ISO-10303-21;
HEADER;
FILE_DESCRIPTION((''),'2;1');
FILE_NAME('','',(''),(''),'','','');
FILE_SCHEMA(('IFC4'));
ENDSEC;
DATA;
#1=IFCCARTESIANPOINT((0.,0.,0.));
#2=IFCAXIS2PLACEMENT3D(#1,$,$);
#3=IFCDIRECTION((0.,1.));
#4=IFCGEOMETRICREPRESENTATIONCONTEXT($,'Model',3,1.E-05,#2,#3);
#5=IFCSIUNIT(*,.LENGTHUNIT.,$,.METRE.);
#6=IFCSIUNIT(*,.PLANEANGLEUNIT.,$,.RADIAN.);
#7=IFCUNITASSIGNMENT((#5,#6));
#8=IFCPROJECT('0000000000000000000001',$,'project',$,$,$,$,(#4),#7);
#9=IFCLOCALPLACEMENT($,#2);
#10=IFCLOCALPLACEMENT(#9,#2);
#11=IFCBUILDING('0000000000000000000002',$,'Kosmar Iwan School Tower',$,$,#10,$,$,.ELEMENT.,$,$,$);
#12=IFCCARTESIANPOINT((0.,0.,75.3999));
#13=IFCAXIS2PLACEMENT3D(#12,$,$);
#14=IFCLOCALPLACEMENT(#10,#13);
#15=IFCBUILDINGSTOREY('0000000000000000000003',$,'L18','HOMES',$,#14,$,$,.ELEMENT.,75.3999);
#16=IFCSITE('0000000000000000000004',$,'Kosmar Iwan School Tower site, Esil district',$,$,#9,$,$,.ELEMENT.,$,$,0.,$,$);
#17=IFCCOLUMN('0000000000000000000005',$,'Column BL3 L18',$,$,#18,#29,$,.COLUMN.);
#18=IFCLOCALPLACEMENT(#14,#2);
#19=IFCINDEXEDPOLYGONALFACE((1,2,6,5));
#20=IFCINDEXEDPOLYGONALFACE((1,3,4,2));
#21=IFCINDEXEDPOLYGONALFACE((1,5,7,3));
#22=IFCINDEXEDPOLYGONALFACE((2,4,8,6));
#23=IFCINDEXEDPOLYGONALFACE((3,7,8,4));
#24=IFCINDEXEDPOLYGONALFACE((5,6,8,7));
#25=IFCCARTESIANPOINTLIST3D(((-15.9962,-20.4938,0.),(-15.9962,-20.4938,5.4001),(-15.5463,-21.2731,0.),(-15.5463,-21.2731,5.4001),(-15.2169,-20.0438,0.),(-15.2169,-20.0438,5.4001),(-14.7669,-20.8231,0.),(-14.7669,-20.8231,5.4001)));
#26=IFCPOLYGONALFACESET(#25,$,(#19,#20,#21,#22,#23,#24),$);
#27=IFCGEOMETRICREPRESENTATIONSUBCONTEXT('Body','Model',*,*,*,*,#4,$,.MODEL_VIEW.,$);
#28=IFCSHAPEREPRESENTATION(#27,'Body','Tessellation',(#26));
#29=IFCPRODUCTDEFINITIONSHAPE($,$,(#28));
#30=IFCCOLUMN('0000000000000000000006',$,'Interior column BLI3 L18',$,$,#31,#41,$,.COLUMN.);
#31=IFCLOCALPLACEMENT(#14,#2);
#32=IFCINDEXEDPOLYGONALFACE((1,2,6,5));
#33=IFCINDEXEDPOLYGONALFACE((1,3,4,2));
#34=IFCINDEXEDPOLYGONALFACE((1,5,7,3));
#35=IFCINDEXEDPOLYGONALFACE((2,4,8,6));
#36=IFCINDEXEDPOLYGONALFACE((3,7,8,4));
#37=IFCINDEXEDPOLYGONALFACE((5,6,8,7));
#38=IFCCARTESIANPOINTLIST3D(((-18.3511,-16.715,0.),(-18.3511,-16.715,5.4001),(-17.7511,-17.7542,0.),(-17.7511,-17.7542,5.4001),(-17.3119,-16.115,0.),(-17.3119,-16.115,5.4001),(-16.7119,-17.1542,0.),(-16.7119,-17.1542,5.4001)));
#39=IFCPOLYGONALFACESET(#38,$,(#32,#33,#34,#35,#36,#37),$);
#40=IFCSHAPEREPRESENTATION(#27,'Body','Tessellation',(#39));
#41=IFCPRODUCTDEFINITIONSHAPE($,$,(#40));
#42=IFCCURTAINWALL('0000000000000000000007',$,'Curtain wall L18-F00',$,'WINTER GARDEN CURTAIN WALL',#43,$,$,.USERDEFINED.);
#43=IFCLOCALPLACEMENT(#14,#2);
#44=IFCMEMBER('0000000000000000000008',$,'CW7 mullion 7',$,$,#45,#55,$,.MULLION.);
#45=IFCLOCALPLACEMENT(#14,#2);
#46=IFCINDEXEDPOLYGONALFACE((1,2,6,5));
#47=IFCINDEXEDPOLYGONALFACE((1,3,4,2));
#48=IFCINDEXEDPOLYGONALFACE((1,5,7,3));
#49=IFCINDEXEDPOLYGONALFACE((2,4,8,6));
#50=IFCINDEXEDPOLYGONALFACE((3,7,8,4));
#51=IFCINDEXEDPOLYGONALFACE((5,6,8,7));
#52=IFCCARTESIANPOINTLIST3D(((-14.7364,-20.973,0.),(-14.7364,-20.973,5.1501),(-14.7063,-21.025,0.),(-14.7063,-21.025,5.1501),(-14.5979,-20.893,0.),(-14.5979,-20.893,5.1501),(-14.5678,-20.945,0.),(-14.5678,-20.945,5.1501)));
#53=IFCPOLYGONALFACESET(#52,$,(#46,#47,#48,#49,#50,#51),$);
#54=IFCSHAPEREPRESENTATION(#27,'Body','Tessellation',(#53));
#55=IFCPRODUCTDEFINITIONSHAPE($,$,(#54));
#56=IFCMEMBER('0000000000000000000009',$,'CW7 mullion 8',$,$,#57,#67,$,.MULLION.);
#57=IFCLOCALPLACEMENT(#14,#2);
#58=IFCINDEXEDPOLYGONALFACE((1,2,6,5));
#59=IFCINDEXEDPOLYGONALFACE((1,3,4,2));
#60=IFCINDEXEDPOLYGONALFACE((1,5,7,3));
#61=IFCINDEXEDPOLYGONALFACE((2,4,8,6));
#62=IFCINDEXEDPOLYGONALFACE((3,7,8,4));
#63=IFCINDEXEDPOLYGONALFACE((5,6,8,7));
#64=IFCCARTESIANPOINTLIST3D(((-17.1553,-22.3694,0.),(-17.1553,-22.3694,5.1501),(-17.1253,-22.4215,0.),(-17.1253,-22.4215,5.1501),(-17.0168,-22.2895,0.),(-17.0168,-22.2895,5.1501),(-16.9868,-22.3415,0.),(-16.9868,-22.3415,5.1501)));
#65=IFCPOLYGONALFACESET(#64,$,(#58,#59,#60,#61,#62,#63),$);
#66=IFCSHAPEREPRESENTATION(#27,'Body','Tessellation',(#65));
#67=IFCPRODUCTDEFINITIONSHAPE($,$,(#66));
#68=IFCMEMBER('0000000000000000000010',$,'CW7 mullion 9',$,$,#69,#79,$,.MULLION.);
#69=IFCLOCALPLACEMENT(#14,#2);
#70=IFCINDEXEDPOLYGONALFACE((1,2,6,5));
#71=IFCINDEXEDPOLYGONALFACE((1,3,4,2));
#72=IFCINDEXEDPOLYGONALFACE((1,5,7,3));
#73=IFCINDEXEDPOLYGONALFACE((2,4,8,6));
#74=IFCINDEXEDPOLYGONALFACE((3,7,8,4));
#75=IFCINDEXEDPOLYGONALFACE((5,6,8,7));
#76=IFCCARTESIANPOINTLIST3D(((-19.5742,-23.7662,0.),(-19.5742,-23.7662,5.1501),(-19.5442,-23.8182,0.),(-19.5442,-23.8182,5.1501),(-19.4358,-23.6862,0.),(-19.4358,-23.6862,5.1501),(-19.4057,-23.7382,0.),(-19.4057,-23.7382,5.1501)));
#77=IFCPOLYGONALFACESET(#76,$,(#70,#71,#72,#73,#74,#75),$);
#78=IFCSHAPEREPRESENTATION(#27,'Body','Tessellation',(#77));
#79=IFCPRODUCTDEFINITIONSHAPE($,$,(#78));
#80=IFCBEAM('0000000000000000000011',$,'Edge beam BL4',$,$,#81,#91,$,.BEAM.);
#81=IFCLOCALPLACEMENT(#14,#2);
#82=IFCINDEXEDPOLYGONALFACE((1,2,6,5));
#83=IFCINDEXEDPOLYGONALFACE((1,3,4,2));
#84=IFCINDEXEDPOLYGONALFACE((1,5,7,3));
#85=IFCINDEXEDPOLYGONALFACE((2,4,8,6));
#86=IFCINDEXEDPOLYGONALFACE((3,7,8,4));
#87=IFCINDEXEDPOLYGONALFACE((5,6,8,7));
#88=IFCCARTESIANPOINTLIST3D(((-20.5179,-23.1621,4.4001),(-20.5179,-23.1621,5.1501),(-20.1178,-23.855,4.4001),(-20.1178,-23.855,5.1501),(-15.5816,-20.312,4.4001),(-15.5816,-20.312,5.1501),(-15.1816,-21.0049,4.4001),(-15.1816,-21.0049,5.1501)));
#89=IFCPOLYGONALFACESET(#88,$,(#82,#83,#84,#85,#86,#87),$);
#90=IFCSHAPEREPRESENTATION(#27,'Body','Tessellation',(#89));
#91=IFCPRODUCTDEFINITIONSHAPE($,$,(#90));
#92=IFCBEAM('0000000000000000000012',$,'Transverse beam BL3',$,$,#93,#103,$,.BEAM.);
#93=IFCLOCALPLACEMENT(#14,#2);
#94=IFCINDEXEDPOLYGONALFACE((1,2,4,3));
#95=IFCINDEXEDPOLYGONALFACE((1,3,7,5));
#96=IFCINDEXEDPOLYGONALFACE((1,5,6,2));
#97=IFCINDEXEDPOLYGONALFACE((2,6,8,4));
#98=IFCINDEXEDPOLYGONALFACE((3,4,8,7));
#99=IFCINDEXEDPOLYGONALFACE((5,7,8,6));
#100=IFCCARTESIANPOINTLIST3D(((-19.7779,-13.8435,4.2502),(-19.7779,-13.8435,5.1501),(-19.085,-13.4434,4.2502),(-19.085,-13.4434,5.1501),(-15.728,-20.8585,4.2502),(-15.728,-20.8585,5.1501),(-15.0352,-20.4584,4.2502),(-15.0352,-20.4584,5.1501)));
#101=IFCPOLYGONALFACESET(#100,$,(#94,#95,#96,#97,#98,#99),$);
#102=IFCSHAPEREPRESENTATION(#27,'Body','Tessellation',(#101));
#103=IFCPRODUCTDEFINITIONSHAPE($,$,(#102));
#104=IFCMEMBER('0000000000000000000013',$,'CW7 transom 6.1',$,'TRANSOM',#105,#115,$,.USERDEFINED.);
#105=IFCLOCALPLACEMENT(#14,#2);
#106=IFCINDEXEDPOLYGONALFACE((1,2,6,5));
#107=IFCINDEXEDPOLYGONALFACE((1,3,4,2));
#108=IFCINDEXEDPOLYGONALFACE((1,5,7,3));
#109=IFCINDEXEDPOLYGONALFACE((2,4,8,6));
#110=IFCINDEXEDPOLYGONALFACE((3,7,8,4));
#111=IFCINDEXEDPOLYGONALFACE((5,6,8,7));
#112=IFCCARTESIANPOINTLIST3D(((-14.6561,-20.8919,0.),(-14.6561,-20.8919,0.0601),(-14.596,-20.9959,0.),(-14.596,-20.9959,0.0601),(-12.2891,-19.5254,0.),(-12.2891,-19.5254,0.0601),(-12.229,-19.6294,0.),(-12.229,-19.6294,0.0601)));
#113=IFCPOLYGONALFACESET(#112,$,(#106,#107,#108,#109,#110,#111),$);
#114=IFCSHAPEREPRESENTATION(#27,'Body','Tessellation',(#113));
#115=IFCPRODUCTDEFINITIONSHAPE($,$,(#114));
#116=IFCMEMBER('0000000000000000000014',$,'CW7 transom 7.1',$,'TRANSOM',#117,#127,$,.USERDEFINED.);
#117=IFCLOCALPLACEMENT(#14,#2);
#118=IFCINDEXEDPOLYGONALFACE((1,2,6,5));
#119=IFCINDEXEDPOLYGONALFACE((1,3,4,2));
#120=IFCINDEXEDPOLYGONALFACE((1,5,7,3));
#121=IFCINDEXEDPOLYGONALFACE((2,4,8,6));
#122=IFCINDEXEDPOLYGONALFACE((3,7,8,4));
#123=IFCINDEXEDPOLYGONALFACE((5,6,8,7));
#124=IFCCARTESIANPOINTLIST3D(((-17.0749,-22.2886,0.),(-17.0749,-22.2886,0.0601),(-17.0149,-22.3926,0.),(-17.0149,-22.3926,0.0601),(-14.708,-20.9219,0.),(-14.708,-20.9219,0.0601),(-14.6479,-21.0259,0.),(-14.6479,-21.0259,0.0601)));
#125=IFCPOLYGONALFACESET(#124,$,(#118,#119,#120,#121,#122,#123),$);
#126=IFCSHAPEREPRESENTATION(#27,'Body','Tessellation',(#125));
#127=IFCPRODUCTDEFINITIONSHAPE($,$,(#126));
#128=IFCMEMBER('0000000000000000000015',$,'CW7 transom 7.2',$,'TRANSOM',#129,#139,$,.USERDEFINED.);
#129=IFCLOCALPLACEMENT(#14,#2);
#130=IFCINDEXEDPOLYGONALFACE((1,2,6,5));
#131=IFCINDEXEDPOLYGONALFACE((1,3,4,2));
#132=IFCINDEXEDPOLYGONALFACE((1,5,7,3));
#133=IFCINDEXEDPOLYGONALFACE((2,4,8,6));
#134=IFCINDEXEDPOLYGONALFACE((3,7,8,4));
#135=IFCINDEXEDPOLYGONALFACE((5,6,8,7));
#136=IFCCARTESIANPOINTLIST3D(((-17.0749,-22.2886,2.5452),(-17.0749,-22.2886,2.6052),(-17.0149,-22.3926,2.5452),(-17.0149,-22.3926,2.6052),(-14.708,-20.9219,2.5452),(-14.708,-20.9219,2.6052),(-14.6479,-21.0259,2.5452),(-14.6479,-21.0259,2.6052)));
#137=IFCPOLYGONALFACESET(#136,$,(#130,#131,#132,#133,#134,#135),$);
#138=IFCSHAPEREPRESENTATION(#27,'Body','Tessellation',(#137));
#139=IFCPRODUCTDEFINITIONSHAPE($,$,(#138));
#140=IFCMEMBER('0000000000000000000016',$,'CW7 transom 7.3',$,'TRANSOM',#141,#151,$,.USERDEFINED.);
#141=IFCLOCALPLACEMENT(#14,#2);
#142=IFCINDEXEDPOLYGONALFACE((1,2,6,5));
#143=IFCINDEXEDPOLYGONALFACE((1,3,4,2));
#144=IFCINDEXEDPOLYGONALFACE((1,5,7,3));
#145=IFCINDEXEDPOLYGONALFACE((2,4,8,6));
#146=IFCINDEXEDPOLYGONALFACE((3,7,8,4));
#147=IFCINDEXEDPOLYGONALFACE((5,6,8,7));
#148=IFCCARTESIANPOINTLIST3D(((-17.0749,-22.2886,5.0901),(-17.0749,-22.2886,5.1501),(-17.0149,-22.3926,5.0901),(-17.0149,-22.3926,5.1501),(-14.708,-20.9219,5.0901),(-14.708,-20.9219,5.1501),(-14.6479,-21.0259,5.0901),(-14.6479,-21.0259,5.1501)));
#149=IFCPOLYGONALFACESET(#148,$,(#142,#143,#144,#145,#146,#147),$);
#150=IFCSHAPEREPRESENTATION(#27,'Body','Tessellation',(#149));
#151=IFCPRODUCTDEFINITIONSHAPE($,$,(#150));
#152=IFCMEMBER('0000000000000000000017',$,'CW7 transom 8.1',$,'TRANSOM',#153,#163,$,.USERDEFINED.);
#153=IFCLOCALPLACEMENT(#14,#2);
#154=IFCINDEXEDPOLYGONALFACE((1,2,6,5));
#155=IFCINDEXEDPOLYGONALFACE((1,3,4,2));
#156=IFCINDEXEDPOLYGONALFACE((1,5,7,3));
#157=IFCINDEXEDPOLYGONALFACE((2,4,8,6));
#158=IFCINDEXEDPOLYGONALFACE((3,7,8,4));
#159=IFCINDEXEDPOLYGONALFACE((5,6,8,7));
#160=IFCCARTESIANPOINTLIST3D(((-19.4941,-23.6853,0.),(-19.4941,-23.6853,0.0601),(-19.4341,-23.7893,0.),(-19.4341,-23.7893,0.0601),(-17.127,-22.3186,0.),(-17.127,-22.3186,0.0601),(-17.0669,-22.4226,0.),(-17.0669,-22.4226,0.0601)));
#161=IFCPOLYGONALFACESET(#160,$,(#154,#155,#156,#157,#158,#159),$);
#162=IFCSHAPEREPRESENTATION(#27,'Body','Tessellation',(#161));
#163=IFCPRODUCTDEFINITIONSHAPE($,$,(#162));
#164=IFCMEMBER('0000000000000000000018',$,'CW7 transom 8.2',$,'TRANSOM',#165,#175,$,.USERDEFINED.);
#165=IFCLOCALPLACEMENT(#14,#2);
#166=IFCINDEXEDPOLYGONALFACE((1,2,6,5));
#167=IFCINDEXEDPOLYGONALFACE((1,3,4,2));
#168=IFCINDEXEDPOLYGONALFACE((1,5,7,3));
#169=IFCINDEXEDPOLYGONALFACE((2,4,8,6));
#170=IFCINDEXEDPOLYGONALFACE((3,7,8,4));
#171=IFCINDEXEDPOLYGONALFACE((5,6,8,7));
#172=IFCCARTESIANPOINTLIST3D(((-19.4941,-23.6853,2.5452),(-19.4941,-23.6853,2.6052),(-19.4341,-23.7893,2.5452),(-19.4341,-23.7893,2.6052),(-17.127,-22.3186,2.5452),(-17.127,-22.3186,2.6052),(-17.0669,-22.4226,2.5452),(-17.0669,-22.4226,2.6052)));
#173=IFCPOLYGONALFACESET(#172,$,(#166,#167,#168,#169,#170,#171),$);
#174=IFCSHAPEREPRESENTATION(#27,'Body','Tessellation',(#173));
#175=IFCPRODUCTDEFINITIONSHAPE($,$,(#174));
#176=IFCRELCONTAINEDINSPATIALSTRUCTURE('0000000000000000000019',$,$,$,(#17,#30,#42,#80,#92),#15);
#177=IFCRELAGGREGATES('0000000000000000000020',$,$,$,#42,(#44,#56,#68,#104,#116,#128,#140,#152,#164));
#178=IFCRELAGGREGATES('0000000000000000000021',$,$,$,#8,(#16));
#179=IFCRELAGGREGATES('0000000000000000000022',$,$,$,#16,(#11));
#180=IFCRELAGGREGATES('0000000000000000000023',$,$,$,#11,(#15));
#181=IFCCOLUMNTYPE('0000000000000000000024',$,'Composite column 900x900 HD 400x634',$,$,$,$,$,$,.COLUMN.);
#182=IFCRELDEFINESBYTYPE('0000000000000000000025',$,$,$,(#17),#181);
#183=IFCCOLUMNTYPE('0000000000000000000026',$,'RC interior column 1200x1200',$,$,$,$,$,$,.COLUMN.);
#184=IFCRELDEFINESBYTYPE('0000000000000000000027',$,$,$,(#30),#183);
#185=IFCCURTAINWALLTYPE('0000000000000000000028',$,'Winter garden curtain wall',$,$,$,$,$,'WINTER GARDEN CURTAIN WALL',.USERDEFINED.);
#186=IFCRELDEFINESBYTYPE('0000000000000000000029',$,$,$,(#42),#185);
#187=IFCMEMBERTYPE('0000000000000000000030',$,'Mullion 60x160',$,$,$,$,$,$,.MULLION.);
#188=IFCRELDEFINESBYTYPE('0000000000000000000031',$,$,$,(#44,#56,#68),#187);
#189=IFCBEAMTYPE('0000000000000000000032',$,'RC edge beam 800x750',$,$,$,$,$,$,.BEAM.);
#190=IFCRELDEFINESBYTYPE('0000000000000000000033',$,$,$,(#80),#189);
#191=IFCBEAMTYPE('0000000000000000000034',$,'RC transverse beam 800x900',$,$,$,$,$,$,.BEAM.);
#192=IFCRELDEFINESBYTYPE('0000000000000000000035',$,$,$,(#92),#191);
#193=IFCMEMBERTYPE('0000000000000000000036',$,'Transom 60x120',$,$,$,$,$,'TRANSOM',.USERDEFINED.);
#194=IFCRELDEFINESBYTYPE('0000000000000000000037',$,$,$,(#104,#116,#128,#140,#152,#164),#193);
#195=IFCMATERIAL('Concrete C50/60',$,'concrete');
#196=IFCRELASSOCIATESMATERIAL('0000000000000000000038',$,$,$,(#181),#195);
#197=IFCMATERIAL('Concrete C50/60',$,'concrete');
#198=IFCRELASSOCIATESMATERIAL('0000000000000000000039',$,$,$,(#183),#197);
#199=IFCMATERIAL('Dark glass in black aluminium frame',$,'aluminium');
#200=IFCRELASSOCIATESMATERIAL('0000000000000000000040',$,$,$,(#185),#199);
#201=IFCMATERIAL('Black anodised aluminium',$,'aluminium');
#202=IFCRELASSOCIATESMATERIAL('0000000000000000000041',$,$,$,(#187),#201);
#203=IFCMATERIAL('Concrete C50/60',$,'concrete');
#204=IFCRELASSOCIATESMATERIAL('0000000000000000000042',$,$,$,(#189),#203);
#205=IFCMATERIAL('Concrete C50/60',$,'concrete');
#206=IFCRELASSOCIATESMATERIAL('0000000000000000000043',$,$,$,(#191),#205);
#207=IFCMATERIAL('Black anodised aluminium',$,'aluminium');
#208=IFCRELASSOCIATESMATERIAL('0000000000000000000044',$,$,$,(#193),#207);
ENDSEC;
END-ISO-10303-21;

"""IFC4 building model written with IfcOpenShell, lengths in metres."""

from ifc_helpers import new_model, si_unit, direction, frame, origin, origin_2d, place, context, subcontext, project, spatial, rectangle, extrude, material, material_profile, profile_set, type_object, element, aggregate, save


model = new_model("IFC4")

# Units and contexts
model_context = context("Model", 3, precision=1e-05, world=origin(), true_north=direction((0.0, 1.0)))
body_context = subcontext(model_context, "Body", "Model", "MODEL_VIEW")
ifc_project = project(units=[si_unit("LENGTHUNIT", "METRE"), si_unit("PLANEANGLEUNIT", "RADIAN")], contexts=[model_context])

# Site, building, storey
site_placement = place(None, origin())
site = spatial("IfcSite", under=ifc_project, at=site_placement, Name="Kosmar Iwan School Tower site, Esil district", CompositionType="ELEMENT", RefElevation=0.0)
building_placement = place(site_placement, origin())
building = spatial("IfcBuilding", under=site, at=building_placement, Name="Kosmar Iwan School Tower", CompositionType="ELEMENT")
storey_placement = place(building_placement, frame((0.0, 0.0, 75.3999)))
storey = spatial("IfcBuildingStorey", under=building, at=storey_placement, Name="L18", Description="HOMES", CompositionType="ELEMENT", Elevation=75.3999)

# Columns
ifc_material_1 = material(Name="Concrete C50/60", Category="concrete")
ifc_material_profile_1 = material_profile(ifc_material_1, rectangle(XDim=0.8999, YDim=0.8999, at=origin_2d()), Name="RC 900x900 + HD 400x634")
ifc_profile_set_1 = profile_set([ifc_material_profile_1], Name="Concrete C50/60")
column_type_1 = type_object("IfcColumnType", Name="Composite column 900x900 HD 400x634", PredefinedType="COLUMN", material=ifc_profile_set_1)
column_1_placement = place(storey_placement, frame((-15.3816, -20.6584, 0.0), z_axis=(0.0, 0.0, 1.0), x_axis=(-0.866025, -0.5, 0.0)))
element("IfcColumn", 1, at=column_1_placement, inside=storey, type_object=column_type_1, Name="Column BL3 L18", PredefinedType="COLUMN", context=body_context, shape_type="SweptSolid", body=[
    extrude(rectangle(XDim=0.8999, YDim=0.8999, at=origin_2d()), origin(), (0.0, 0.0, 1.0), 5.4001),
])
ifc_material_2 = material(Name="Concrete C50/60", Category="concrete")
ifc_material_profile_2 = material_profile(ifc_material_2, rectangle(XDim=1.2, YDim=1.2, at=origin_2d()), Name="RC 1200x1200")
ifc_profile_set_2 = profile_set([ifc_material_profile_2], Name="Concrete C50/60")
column_type_2 = type_object("IfcColumnType", Name="RC interior column 1200x1200", PredefinedType="COLUMN", material=ifc_profile_set_2)
column_2_placement = place(storey_placement, frame((-17.5315, -16.9346, 0.0), z_axis=(0.0, 0.0, 1.0), x_axis=(-0.866025, -0.5, 0.0)))
element("IfcColumn", 2, at=column_2_placement, inside=storey, type_object=column_type_2, Name="Interior column BLI3 L18", PredefinedType="COLUMN", context=body_context, shape_type="SweptSolid", body=[
    extrude(rectangle(XDim=1.2, YDim=1.2, at=origin_2d()), origin(), (0.0, 0.0, 1.0), 5.4001),
])

# Curtain wall, members
ifc_material_3 = material(Name="Dark glass in black aluminium frame", Category="aluminium")
curtain_wall_type = type_object("IfcCurtainWallType", Name="Winter garden curtain wall", ElementType="WINTER GARDEN CURTAIN WALL", PredefinedType="USERDEFINED", material=ifc_material_3)
curtain_wall_placement = place(storey_placement, origin())
curtain_wall = element("IfcCurtainWall", 3, at=curtain_wall_placement, inside=storey, type_object=curtain_wall_type, Name="Curtain wall L18-F00", ObjectType="WINTER GARDEN CURTAIN WALL", PredefinedType="USERDEFINED")
ifc_material_4 = material(Name="Black anodised aluminium", Category="aluminium")
ifc_material_profile_3 = material_profile(ifc_material_4, rectangle(XDim=0.0601, YDim=0.1599, at=origin_2d()), Name="MULLION 60x160")
ifc_profile_set_3 = profile_set([ifc_material_profile_3], Name="Black anodised aluminium")
member_type_1 = type_object("IfcMemberType", Name="Mullion 60x160", PredefinedType="MULLION", material=ifc_profile_set_3)
member_1_placement = place(storey_placement, frame((-14.6521, -20.959, 0.0), z_axis=(0.0, 0.0, 1.0), x_axis=(0.5, -0.866025, 0.0)))
member_1 = element("IfcMember", 4, at=member_1_placement, type_object=member_type_1, Name="CW7 mullion 7", PredefinedType="MULLION", context=body_context, shape_type="SweptSolid", body=[
    extrude(rectangle(XDim=0.0601, YDim=0.1599, at=origin_2d()), origin(), (0.0, 0.0, 1.0), 5.1501),
])
member_2_placement = place(storey_placement, frame((-17.071, -22.3555, 0.0), z_axis=(0.0, 0.0, 1.0), x_axis=(0.5, -0.866025, 0.0)))
member_2 = element("IfcMember", 5, at=member_2_placement, type_object=member_type_1, Name="CW7 mullion 8", PredefinedType="MULLION", context=body_context, shape_type="SweptSolid", body=[
    extrude(rectangle(XDim=0.0601, YDim=0.1599, at=origin_2d()), origin(), (0.0, 0.0, 1.0), 5.1501),
])
member_3_placement = place(storey_placement, frame((-19.49, -23.7522, 0.0), z_axis=(0.0, 0.0, 1.0), x_axis=(0.5, -0.866025, 0.0)))
member_3 = element("IfcMember", 6, at=member_3_placement, type_object=member_type_1, Name="CW7 mullion 9", PredefinedType="MULLION", context=body_context, shape_type="SweptSolid", body=[
    extrude(rectangle(XDim=0.0601, YDim=0.1599, at=origin_2d()), origin(), (0.0, 0.0, 1.0), 5.1501),
])

# Beams
ifc_material_5 = material(Name="Concrete C50/60", Category="concrete")
ifc_material_profile_4 = material_profile(ifc_material_5, rectangle(XDim=0.8, YDim=0.75, at=origin_2d()), Name="RC 800x750")
ifc_profile_set_4 = profile_set([ifc_material_profile_4], Name="Concrete C50/60")
beam_type_1 = type_object("IfcBeamType", Name="RC edge beam 800x750", PredefinedType="BEAM", material=ifc_profile_set_4)
beam_1_placement = place(storey_placement, frame((-15.3816, -20.6584, 4.7751), z_axis=(-0.866015, -0.500018, 0.0), x_axis=(0.500018, -0.866015, 0.0)))
element("IfcBeam", 7, at=beam_1_placement, inside=storey, type_object=beam_type_1, Name="Edge beam BL4", PredefinedType="BEAM", context=body_context, shape_type="SweptSolid", body=[
    extrude(rectangle(XDim=0.8, YDim=0.75, at=origin_2d()), origin(), (0.0, 0.0, 1.0), 5.7),
])
ifc_material_6 = material(Name="Concrete C50/60", Category="concrete")
ifc_material_profile_5 = material_profile(ifc_material_6, rectangle(XDim=0.8, YDim=0.8999, at=origin_2d()), Name="RC 800x900")
ifc_profile_set_5 = profile_set([ifc_material_profile_5], Name="Concrete C50/60")
beam_type_2 = type_object("IfcBeamType", Name="RC transverse beam 800x900", PredefinedType="BEAM", material=ifc_profile_set_5)
beam_2_placement = place(storey_placement, frame((-15.3816, -20.6584, 4.7002), z_axis=(-0.499977, 0.866039, 0.0), x_axis=(-0.866039, -0.499977, 0.0)))
element("IfcBeam", 8, at=beam_2_placement, inside=storey, type_object=beam_type_2, Name="Transverse beam BL3", PredefinedType="BEAM", context=body_context, shape_type="SweptSolid", body=[
    extrude(rectangle(XDim=0.8, YDim=0.8999, at=origin_2d()), origin(), (0.0, 0.0, 1.0), 8.1001),
])

# Members
ifc_material_7 = material(Name="Black anodised aluminium", Category="aluminium")
ifc_material_profile_6 = material_profile(ifc_material_7, rectangle(XDim=0.1201, YDim=0.0601, at=origin_2d()), Name="TRANSOM 60x120")
ifc_profile_set_6 = profile_set([ifc_material_profile_6], Name="Black anodised aluminium")
member_type_2 = type_object("IfcMemberType", Name="Transom 60x120", ElementType="TRANSOM", PredefinedType="USERDEFINED", material=ifc_profile_set_6)
member_4_placement = place(storey_placement, frame((-12.259, -19.5774, 0.03), z_axis=(-0.866041, -0.499972, 0.0), x_axis=(0.499972, -0.866041, 0.0)))
member_4 = element("IfcMember", 9, at=member_4_placement, type_object=member_type_2, Name="CW7 transom 6.1", ObjectType="TRANSOM", PredefinedType="USERDEFINED", context=body_context, shape_type="SweptSolid", body=[
    extrude(rectangle(XDim=0.1201, YDim=0.0601, at=origin_2d()), origin(), (0.0, 0.0, 1.0), 2.7332),
])
member_5_placement = place(storey_placement, frame((-14.678, -20.9739, 0.03), z_axis=(-0.866003, -0.500039, 0.0), x_axis=(0.500039, -0.866003, 0.0)))
member_5 = element("IfcMember", 10, at=member_5_placement, type_object=member_type_2, Name="CW7 transom 7.1", ObjectType="TRANSOM", PredefinedType="USERDEFINED", context=body_context, shape_type="SweptSolid", body=[
    extrude(rectangle(XDim=0.1201, YDim=0.0601, at=origin_2d()), origin(), (0.0, 0.0, 1.0), 2.7332),
])
member_6_placement = place(storey_placement, frame((-14.678, -20.9739, 2.5752), z_axis=(-0.866003, -0.500039, 0.0), x_axis=(0.500039, -0.866003, 0.0)))
member_6 = element("IfcMember", 11, at=member_6_placement, type_object=member_type_2, Name="CW7 transom 7.2", ObjectType="TRANSOM", PredefinedType="USERDEFINED", context=body_context, shape_type="SweptSolid", body=[
    extrude(rectangle(XDim=0.1201, YDim=0.0601, at=origin_2d()), origin(), (0.0, 0.0, 1.0), 2.7332),
])
member_7_placement = place(storey_placement, frame((-14.678, -20.9739, 5.1201), z_axis=(-0.866003, -0.500039, 0.0), x_axis=(0.500039, -0.866003, 0.0)))
member_7 = element("IfcMember", 12, at=member_7_placement, type_object=member_type_2, Name="CW7 transom 7.3", ObjectType="TRANSOM", PredefinedType="USERDEFINED", context=body_context, shape_type="SweptSolid", body=[
    extrude(rectangle(XDim=0.1201, YDim=0.0601, at=origin_2d()), origin(), (0.0, 0.0, 1.0), 2.7332),
])
member_8_placement = place(storey_placement, frame((-17.0969, -22.3706, 0.03), z_axis=(-0.866025, -0.500001, 0.0), x_axis=(0.500001, -0.866025, 0.0)))
member_8 = element("IfcMember", 13, at=member_8_placement, type_object=member_type_2, Name="CW7 transom 8.1", ObjectType="TRANSOM", PredefinedType="USERDEFINED", context=body_context, shape_type="SweptSolid", body=[
    extrude(rectangle(XDim=0.1201, YDim=0.0601, at=origin_2d()), origin(), (0.0, 0.0, 1.0), 2.7334),
])
member_9_placement = place(storey_placement, frame((-17.0969, -22.3706, 2.5752), z_axis=(-0.866025, -0.500001, 0.0), x_axis=(0.500001, -0.866025, 0.0)))
member_9 = element("IfcMember", 14, at=member_9_placement, type_object=member_type_2, Name="CW7 transom 8.2", ObjectType="TRANSOM", PredefinedType="USERDEFINED", context=body_context, shape_type="SweptSolid", body=[
    extrude(rectangle(XDim=0.1201, YDim=0.0601, at=origin_2d()), origin(), (0.0, 0.0, 1.0), 2.7334),
])

aggregate(curtain_wall, [member_1, member_2, member_3, member_4, member_5, member_6, member_7, member_8, member_9])

save(model, "model.ifc")
